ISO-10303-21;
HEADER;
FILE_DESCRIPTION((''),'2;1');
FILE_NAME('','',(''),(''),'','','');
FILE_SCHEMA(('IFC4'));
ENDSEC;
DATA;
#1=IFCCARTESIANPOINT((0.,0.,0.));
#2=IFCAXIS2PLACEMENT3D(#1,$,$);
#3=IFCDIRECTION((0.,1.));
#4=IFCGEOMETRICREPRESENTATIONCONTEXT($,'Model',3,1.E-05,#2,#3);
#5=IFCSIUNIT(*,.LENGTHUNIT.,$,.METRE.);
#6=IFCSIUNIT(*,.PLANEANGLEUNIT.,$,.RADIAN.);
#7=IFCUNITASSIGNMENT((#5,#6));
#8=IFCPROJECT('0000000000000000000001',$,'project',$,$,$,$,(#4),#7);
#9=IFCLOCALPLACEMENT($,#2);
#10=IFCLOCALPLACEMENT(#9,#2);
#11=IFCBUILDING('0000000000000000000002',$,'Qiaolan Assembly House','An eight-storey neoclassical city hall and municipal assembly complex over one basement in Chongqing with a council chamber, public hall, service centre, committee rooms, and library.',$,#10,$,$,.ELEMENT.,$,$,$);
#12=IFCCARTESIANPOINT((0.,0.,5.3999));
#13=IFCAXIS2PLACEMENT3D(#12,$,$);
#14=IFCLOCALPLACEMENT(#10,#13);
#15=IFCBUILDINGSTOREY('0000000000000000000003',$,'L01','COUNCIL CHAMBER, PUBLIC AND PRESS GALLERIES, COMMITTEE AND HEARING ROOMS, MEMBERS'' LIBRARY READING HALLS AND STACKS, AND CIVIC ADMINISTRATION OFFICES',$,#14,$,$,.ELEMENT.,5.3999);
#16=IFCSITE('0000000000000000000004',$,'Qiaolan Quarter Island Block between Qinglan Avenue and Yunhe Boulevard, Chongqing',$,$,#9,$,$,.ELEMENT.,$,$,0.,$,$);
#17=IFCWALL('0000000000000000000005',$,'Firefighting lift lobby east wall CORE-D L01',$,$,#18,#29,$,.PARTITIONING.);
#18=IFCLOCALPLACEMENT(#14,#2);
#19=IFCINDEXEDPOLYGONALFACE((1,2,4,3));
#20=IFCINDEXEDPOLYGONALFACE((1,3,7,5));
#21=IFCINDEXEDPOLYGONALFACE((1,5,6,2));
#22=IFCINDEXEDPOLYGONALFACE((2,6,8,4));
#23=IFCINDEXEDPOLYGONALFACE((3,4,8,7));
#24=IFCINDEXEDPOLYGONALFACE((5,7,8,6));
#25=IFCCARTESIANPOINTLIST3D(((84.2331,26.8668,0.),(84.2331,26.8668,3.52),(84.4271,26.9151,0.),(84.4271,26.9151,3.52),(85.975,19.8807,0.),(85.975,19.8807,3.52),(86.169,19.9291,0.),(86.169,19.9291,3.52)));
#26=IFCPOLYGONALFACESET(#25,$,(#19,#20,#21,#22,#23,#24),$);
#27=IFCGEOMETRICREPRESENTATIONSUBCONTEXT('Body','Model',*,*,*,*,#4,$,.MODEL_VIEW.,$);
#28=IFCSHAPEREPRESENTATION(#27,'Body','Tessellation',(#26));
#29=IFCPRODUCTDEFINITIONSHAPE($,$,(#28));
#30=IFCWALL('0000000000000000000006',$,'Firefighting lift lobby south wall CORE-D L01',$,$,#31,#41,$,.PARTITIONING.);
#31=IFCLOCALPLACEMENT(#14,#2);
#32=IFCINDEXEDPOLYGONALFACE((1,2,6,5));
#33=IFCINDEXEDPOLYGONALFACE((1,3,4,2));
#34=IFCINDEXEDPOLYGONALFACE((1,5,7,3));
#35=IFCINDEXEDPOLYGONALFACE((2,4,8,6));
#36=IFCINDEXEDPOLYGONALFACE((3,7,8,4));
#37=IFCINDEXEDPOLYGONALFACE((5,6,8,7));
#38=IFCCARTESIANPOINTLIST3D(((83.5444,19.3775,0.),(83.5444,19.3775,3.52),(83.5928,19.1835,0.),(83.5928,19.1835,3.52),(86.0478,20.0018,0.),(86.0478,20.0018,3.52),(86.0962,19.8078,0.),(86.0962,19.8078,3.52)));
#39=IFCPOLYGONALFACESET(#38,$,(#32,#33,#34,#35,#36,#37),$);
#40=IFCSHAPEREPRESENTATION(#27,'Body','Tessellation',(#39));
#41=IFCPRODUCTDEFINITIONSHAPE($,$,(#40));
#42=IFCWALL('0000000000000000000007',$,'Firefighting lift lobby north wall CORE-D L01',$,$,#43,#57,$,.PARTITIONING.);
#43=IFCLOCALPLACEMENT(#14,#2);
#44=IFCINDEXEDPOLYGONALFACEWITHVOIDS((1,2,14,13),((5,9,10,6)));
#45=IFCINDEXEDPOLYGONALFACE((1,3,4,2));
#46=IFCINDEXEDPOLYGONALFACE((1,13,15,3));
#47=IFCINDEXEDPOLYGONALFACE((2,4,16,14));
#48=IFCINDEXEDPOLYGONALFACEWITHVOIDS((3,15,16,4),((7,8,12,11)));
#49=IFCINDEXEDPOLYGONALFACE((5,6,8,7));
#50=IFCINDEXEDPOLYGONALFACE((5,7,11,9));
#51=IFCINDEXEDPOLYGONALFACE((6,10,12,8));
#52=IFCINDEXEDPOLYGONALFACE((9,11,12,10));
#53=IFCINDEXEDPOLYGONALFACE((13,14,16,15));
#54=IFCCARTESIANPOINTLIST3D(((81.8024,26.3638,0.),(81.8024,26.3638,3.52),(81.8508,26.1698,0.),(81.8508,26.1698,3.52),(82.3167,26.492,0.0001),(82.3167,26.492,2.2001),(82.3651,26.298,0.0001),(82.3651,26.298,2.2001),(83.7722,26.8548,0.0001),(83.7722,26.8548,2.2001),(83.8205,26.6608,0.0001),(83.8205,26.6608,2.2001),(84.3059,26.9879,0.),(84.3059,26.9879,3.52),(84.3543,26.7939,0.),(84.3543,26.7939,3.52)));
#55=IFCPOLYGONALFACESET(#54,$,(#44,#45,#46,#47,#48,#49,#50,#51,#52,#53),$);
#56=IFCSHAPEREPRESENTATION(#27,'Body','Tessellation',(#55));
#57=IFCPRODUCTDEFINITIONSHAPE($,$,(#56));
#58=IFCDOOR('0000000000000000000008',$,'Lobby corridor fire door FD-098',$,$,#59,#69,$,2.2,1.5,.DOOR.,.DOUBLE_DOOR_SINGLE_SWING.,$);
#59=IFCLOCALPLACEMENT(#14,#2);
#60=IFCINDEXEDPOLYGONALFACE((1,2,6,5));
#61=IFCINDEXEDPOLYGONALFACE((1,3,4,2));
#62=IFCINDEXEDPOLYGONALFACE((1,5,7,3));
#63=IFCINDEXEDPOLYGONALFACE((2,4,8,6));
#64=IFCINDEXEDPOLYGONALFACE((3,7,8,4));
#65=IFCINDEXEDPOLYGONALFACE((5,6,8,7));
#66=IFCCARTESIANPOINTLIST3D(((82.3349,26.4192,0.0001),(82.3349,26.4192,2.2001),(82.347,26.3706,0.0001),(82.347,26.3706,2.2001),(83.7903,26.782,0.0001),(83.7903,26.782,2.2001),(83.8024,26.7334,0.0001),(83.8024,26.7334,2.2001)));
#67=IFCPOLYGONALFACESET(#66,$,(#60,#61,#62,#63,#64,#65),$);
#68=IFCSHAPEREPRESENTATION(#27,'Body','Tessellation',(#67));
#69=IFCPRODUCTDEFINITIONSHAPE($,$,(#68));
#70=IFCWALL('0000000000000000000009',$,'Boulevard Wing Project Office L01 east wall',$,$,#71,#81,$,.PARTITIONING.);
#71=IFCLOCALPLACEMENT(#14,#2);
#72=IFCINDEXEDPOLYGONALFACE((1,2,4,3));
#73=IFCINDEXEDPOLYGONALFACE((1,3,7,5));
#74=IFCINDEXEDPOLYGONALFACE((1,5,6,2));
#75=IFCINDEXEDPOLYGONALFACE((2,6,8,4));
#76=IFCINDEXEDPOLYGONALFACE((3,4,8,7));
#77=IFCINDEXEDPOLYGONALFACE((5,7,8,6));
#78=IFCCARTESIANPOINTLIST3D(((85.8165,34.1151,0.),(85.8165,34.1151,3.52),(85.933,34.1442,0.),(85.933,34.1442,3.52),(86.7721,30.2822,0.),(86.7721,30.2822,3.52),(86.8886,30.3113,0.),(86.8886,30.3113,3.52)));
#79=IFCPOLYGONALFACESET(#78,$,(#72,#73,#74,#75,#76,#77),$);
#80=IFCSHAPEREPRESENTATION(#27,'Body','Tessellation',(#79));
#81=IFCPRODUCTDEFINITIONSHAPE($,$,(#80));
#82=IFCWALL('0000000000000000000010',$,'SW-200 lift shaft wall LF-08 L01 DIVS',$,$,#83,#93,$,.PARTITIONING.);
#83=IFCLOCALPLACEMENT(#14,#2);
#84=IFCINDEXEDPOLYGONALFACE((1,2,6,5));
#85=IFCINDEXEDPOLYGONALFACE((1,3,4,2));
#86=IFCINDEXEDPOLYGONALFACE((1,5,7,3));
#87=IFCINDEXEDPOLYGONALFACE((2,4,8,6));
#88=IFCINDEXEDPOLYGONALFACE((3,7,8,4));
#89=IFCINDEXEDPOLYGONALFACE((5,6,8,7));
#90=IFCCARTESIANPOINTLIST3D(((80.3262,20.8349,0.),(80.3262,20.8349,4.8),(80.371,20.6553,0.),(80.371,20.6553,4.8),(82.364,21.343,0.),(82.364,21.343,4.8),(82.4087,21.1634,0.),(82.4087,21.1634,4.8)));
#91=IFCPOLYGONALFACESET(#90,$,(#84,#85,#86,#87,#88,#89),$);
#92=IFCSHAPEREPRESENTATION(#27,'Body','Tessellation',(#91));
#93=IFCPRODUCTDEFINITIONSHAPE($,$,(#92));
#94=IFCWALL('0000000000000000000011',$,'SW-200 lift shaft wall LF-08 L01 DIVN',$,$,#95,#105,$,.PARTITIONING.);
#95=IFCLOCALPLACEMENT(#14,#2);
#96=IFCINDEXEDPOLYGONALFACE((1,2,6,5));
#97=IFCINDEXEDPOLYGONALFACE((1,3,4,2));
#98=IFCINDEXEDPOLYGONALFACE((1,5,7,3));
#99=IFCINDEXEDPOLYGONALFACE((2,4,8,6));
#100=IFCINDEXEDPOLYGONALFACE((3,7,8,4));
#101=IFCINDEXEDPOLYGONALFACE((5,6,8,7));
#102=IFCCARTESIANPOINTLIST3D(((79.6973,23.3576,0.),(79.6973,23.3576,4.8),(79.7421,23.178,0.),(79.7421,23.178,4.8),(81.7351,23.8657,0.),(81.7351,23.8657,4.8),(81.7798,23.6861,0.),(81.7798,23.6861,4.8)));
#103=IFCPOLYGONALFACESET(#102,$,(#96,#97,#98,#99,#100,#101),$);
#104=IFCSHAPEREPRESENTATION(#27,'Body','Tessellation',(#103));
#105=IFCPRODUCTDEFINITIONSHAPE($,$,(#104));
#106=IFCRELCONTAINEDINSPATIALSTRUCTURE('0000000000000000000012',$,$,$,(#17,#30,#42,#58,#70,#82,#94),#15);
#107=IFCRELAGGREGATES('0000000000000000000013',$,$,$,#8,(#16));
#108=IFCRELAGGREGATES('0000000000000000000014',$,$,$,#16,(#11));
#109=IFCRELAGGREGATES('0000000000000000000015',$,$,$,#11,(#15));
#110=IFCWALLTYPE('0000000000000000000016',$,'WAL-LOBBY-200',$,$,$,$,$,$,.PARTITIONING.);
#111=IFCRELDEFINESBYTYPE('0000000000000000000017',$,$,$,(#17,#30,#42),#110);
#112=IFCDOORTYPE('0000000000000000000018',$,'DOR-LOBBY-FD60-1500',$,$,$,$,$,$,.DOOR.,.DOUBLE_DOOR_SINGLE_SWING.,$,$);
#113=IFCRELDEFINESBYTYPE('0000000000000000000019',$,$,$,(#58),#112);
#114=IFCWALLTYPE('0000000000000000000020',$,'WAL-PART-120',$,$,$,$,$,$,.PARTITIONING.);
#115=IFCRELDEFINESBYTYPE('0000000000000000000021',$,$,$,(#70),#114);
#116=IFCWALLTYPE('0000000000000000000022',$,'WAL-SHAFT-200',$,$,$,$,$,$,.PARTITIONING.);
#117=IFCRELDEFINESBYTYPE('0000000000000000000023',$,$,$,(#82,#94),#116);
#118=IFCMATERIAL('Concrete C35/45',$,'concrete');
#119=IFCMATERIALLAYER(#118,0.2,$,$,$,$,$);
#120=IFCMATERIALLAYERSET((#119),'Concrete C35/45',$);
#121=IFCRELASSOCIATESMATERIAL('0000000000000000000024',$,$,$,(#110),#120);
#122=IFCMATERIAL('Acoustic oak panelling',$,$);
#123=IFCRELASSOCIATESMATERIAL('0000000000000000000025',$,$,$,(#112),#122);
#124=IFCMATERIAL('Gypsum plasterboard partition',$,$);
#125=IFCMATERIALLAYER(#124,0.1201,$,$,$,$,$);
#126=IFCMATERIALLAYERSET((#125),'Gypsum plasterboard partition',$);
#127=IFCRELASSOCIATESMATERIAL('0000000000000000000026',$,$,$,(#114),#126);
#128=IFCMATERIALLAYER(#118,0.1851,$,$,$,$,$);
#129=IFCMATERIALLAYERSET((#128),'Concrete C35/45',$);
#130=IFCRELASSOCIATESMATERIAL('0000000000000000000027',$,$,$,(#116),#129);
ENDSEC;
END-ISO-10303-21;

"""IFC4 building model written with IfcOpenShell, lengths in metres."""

from ifc_helpers import new_model, si_unit, direction, frame, frame_2d, origin, place, context, subcontext, project, spatial, rectangle, extrude, material, layer, layer_set, type_object, element, fill, save


model = new_model("IFC4")

# Units and contexts
model_context = context("Model", 3, precision=1e-05, world=origin(), true_north=direction((0.0, 1.0)))
body_context = subcontext(model_context, "Body", "Model", "MODEL_VIEW")
ifc_project = project(units=[si_unit("LENGTHUNIT", "METRE"), si_unit("PLANEANGLEUNIT", "RADIAN")], contexts=[model_context])

# Site, building, storey
site_placement = place(None, origin())
site = spatial("IfcSite", under=ifc_project, at=site_placement, Name="Qiaolan Quarter Island Block between Qinglan Avenue and Yunhe Boulevard, Chongqing", CompositionType="ELEMENT", RefElevation=0.0)
building_placement = place(site_placement, origin())
building = spatial("IfcBuilding", under=site, at=building_placement, Name="Qiaolan Assembly House", Description="An eight-storey neoclassical city hall and municipal assembly complex over one basement in Chongqing with a council chamber, public hall, service centre, committee rooms, and library.", CompositionType="ELEMENT")
storey_placement = place(building_placement, frame((0.0, 0.0, 5.3999)))
storey = spatial("IfcBuildingStorey", under=building, at=storey_placement, Name="L01", Description="COUNCIL CHAMBER, PUBLIC AND PRESS GALLERIES, COMMITTEE AND HEARING ROOMS, MEMBERS' LIBRARY READING HALLS AND STACKS, AND CIVIC ADMINISTRATION OFFICES", CompositionType="ELEMENT", Elevation=5.3999)

# Walls
ifc_material_1 = material(Name="Concrete C35/45", Category="concrete")
ifc_layer_1 = layer(ifc_material_1, 0.2)
ifc_layer_set_1 = layer_set([ifc_layer_1], Name="Concrete C35/45")
wall_type_1 = type_object("IfcWallType", Name="WAL-LOBBY-200", PredefinedType="PARTITIONING", material=ifc_layer_set_1)
wall_1_placement = place(storey_placement, frame((86.072, 19.9048, 0.0), z_axis=(0.0, 0.0, 1.0), x_axis=(-0.241937, 0.970292, 0.0)))
element("IfcWall", 1, at=wall_1_placement, inside=storey, type_object=wall_type_1, Name="Firefighting lift lobby east wall CORE-D L01", PredefinedType="PARTITIONING", context=body_context, shape_type="SweptSolid", body=[
    extrude(rectangle(XDim=7.2, YDim=0.2, at=frame_2d((3.6001, 0.0))), origin(), (0.0, 0.0, 1.0), 3.52),
])
wall_2_placement = place(storey_placement, frame((83.5686, 19.2805, 0.0), z_axis=(0.0, 0.0, 1.0), x_axis=(0.970287, 0.241957, 0.0)))
element("IfcWall", 2, at=wall_2_placement, inside=storey, type_object=wall_type_1, Name="Firefighting lift lobby south wall CORE-D L01", PredefinedType="PARTITIONING", context=body_context, shape_type="SweptSolid", body=[
    extrude(rectangle(XDim=2.5801, YDim=0.2, at=frame_2d((1.29, 0.0))), origin(), (0.0, 0.0, 1.0), 3.52),
])

# Wall, opening, door
wall_3_placement = place(storey_placement, frame((84.3301, 26.8909, 0.0), z_axis=(0.0, 0.0, 1.0), x_axis=(-0.970309, -0.241868, 0.0)))
wall_3 = element("IfcWall", 3, at=wall_3_placement, inside=storey, type_object=wall_type_1, Name="Firefighting lift lobby north wall CORE-D L01", PredefinedType="PARTITIONING", context=body_context, shape_type="SweptSolid", body=[
    extrude(rectangle(XDim=2.5801, YDim=0.2, at=frame_2d((1.29, 0.0))), origin(), (0.0, 0.0, 1.0), 3.52),
])
opening_1_placement = place(wall_3_placement, frame((0.55, 0.0, 0.0)))
opening_1 = element("IfcOpeningElement", 4, at=opening_1_placement, cuts=wall_3, PredefinedType="OPENING", context=body_context, shape_type="SweptSolid", body=[
    extrude(rectangle(XDim=1.5, YDim=2.2, at=frame_2d((0.75, 1.1001))), frame((0.0, 0.1099, 0.0), z_axis=(0.0, -1.0, 0.0), x_axis=(1.0, 0.0, 0.0)), (0.0, 0.0, 1.0), 0.22),
])
ifc_material_2 = material(Name="Acoustic oak panelling")
door_type_1 = type_object("IfcDoorType", Name="DOR-LOBBY-FD60-1500", OperationType="DOUBLE_DOOR_SINGLE_SWING", PredefinedType="DOOR", material=ifc_material_2)
door_1_placement = place(opening_1_placement, frame((1.5, 0.0, 0.0), z_axis=(0.0, 0.0, 1.0), x_axis=(-1.0, 0.0, 0.0)))
door_1 = element("IfcDoor", 5, at=door_1_placement, inside=storey, type_object=door_type_1, Name="Lobby corridor fire door FD-098", OperationType="DOUBLE_DOOR_SINGLE_SWING", OverallHeight=2.2, OverallWidth=1.5, PredefinedType="DOOR", context=body_context, shape_type="SweptSolid", body=[
    extrude(rectangle(XDim=1.5, YDim=2.2, at=frame_2d((0.75, 1.1001))), frame((0.0, 0.0249, 0.0), z_axis=(0.0, -1.0, 0.0), x_axis=(1.0, 0.0, 0.0)), (0.0, 0.0, 1.0), 0.05),
])
fill(opening_1, door_1)

# Walls
ifc_material_3 = material(Name="Gypsum plasterboard partition")
ifc_layer_2 = layer(ifc_material_3, 0.1201)
ifc_layer_set_2 = layer_set([ifc_layer_2], Name="Gypsum plasterboard partition")
wall_type_2 = type_object("IfcWallType", Name="WAL-PART-120", PredefinedType="PARTITIONING", material=ifc_layer_set_2)
wall_4_placement = place(storey_placement, frame((85.8748, 34.1296, 0.0), z_axis=(0.0, 0.0, 1.0), x_axis=(0.24191, -0.970299, 0.0)))
element("IfcWall", 6, at=wall_4_placement, inside=storey, type_object=wall_type_2, Name="Boulevard Wing Project Office L01 east wall", PredefinedType="PARTITIONING", context=body_context, shape_type="SweptSolid", body=[
    extrude(rectangle(XDim=3.9502, YDim=0.1201, at=frame_2d((1.9751, 0.0))), origin(), (0.0, 0.0, 1.0), 3.52),
])
ifc_layer_3 = layer(ifc_material_1, 0.1851)
ifc_layer_set_3 = layer_set([ifc_layer_3], Name="Concrete C35/45")
wall_type_3 = type_object("IfcWallType", Name="WAL-SHAFT-200", PredefinedType="PARTITIONING", material=ifc_layer_set_3)
for number, where, z_axis, x_axis, name in (
    (7, (80.3486, 20.7451, 0.0), (0.0, 0.0, 1.0), (0.970293, 0.241934, 0.0), "SW-200 lift shaft wall LF-08 L01 DIVS"),
    (8, (79.7197, 23.2678, 0.0), (0.0, 0.0, 1.0), (0.970293, 0.241934, 0.0), "SW-200 lift shaft wall LF-08 L01 DIVN"),
):
    element("IfcWall", number, at=place(storey_placement, frame(where, z_axis=z_axis, x_axis=x_axis)), inside=storey, type_object=wall_type_3, Name=name, PredefinedType="PARTITIONING", context=body_context, shape_type="SweptSolid", body=[
        extrude(rectangle(XDim=2.1001, YDim=0.1851, at=frame_2d((1.05, 0.0))), origin(), (0.0, 0.0, 1.0), 4.8),
    ])

save(model, "model.ifc")
